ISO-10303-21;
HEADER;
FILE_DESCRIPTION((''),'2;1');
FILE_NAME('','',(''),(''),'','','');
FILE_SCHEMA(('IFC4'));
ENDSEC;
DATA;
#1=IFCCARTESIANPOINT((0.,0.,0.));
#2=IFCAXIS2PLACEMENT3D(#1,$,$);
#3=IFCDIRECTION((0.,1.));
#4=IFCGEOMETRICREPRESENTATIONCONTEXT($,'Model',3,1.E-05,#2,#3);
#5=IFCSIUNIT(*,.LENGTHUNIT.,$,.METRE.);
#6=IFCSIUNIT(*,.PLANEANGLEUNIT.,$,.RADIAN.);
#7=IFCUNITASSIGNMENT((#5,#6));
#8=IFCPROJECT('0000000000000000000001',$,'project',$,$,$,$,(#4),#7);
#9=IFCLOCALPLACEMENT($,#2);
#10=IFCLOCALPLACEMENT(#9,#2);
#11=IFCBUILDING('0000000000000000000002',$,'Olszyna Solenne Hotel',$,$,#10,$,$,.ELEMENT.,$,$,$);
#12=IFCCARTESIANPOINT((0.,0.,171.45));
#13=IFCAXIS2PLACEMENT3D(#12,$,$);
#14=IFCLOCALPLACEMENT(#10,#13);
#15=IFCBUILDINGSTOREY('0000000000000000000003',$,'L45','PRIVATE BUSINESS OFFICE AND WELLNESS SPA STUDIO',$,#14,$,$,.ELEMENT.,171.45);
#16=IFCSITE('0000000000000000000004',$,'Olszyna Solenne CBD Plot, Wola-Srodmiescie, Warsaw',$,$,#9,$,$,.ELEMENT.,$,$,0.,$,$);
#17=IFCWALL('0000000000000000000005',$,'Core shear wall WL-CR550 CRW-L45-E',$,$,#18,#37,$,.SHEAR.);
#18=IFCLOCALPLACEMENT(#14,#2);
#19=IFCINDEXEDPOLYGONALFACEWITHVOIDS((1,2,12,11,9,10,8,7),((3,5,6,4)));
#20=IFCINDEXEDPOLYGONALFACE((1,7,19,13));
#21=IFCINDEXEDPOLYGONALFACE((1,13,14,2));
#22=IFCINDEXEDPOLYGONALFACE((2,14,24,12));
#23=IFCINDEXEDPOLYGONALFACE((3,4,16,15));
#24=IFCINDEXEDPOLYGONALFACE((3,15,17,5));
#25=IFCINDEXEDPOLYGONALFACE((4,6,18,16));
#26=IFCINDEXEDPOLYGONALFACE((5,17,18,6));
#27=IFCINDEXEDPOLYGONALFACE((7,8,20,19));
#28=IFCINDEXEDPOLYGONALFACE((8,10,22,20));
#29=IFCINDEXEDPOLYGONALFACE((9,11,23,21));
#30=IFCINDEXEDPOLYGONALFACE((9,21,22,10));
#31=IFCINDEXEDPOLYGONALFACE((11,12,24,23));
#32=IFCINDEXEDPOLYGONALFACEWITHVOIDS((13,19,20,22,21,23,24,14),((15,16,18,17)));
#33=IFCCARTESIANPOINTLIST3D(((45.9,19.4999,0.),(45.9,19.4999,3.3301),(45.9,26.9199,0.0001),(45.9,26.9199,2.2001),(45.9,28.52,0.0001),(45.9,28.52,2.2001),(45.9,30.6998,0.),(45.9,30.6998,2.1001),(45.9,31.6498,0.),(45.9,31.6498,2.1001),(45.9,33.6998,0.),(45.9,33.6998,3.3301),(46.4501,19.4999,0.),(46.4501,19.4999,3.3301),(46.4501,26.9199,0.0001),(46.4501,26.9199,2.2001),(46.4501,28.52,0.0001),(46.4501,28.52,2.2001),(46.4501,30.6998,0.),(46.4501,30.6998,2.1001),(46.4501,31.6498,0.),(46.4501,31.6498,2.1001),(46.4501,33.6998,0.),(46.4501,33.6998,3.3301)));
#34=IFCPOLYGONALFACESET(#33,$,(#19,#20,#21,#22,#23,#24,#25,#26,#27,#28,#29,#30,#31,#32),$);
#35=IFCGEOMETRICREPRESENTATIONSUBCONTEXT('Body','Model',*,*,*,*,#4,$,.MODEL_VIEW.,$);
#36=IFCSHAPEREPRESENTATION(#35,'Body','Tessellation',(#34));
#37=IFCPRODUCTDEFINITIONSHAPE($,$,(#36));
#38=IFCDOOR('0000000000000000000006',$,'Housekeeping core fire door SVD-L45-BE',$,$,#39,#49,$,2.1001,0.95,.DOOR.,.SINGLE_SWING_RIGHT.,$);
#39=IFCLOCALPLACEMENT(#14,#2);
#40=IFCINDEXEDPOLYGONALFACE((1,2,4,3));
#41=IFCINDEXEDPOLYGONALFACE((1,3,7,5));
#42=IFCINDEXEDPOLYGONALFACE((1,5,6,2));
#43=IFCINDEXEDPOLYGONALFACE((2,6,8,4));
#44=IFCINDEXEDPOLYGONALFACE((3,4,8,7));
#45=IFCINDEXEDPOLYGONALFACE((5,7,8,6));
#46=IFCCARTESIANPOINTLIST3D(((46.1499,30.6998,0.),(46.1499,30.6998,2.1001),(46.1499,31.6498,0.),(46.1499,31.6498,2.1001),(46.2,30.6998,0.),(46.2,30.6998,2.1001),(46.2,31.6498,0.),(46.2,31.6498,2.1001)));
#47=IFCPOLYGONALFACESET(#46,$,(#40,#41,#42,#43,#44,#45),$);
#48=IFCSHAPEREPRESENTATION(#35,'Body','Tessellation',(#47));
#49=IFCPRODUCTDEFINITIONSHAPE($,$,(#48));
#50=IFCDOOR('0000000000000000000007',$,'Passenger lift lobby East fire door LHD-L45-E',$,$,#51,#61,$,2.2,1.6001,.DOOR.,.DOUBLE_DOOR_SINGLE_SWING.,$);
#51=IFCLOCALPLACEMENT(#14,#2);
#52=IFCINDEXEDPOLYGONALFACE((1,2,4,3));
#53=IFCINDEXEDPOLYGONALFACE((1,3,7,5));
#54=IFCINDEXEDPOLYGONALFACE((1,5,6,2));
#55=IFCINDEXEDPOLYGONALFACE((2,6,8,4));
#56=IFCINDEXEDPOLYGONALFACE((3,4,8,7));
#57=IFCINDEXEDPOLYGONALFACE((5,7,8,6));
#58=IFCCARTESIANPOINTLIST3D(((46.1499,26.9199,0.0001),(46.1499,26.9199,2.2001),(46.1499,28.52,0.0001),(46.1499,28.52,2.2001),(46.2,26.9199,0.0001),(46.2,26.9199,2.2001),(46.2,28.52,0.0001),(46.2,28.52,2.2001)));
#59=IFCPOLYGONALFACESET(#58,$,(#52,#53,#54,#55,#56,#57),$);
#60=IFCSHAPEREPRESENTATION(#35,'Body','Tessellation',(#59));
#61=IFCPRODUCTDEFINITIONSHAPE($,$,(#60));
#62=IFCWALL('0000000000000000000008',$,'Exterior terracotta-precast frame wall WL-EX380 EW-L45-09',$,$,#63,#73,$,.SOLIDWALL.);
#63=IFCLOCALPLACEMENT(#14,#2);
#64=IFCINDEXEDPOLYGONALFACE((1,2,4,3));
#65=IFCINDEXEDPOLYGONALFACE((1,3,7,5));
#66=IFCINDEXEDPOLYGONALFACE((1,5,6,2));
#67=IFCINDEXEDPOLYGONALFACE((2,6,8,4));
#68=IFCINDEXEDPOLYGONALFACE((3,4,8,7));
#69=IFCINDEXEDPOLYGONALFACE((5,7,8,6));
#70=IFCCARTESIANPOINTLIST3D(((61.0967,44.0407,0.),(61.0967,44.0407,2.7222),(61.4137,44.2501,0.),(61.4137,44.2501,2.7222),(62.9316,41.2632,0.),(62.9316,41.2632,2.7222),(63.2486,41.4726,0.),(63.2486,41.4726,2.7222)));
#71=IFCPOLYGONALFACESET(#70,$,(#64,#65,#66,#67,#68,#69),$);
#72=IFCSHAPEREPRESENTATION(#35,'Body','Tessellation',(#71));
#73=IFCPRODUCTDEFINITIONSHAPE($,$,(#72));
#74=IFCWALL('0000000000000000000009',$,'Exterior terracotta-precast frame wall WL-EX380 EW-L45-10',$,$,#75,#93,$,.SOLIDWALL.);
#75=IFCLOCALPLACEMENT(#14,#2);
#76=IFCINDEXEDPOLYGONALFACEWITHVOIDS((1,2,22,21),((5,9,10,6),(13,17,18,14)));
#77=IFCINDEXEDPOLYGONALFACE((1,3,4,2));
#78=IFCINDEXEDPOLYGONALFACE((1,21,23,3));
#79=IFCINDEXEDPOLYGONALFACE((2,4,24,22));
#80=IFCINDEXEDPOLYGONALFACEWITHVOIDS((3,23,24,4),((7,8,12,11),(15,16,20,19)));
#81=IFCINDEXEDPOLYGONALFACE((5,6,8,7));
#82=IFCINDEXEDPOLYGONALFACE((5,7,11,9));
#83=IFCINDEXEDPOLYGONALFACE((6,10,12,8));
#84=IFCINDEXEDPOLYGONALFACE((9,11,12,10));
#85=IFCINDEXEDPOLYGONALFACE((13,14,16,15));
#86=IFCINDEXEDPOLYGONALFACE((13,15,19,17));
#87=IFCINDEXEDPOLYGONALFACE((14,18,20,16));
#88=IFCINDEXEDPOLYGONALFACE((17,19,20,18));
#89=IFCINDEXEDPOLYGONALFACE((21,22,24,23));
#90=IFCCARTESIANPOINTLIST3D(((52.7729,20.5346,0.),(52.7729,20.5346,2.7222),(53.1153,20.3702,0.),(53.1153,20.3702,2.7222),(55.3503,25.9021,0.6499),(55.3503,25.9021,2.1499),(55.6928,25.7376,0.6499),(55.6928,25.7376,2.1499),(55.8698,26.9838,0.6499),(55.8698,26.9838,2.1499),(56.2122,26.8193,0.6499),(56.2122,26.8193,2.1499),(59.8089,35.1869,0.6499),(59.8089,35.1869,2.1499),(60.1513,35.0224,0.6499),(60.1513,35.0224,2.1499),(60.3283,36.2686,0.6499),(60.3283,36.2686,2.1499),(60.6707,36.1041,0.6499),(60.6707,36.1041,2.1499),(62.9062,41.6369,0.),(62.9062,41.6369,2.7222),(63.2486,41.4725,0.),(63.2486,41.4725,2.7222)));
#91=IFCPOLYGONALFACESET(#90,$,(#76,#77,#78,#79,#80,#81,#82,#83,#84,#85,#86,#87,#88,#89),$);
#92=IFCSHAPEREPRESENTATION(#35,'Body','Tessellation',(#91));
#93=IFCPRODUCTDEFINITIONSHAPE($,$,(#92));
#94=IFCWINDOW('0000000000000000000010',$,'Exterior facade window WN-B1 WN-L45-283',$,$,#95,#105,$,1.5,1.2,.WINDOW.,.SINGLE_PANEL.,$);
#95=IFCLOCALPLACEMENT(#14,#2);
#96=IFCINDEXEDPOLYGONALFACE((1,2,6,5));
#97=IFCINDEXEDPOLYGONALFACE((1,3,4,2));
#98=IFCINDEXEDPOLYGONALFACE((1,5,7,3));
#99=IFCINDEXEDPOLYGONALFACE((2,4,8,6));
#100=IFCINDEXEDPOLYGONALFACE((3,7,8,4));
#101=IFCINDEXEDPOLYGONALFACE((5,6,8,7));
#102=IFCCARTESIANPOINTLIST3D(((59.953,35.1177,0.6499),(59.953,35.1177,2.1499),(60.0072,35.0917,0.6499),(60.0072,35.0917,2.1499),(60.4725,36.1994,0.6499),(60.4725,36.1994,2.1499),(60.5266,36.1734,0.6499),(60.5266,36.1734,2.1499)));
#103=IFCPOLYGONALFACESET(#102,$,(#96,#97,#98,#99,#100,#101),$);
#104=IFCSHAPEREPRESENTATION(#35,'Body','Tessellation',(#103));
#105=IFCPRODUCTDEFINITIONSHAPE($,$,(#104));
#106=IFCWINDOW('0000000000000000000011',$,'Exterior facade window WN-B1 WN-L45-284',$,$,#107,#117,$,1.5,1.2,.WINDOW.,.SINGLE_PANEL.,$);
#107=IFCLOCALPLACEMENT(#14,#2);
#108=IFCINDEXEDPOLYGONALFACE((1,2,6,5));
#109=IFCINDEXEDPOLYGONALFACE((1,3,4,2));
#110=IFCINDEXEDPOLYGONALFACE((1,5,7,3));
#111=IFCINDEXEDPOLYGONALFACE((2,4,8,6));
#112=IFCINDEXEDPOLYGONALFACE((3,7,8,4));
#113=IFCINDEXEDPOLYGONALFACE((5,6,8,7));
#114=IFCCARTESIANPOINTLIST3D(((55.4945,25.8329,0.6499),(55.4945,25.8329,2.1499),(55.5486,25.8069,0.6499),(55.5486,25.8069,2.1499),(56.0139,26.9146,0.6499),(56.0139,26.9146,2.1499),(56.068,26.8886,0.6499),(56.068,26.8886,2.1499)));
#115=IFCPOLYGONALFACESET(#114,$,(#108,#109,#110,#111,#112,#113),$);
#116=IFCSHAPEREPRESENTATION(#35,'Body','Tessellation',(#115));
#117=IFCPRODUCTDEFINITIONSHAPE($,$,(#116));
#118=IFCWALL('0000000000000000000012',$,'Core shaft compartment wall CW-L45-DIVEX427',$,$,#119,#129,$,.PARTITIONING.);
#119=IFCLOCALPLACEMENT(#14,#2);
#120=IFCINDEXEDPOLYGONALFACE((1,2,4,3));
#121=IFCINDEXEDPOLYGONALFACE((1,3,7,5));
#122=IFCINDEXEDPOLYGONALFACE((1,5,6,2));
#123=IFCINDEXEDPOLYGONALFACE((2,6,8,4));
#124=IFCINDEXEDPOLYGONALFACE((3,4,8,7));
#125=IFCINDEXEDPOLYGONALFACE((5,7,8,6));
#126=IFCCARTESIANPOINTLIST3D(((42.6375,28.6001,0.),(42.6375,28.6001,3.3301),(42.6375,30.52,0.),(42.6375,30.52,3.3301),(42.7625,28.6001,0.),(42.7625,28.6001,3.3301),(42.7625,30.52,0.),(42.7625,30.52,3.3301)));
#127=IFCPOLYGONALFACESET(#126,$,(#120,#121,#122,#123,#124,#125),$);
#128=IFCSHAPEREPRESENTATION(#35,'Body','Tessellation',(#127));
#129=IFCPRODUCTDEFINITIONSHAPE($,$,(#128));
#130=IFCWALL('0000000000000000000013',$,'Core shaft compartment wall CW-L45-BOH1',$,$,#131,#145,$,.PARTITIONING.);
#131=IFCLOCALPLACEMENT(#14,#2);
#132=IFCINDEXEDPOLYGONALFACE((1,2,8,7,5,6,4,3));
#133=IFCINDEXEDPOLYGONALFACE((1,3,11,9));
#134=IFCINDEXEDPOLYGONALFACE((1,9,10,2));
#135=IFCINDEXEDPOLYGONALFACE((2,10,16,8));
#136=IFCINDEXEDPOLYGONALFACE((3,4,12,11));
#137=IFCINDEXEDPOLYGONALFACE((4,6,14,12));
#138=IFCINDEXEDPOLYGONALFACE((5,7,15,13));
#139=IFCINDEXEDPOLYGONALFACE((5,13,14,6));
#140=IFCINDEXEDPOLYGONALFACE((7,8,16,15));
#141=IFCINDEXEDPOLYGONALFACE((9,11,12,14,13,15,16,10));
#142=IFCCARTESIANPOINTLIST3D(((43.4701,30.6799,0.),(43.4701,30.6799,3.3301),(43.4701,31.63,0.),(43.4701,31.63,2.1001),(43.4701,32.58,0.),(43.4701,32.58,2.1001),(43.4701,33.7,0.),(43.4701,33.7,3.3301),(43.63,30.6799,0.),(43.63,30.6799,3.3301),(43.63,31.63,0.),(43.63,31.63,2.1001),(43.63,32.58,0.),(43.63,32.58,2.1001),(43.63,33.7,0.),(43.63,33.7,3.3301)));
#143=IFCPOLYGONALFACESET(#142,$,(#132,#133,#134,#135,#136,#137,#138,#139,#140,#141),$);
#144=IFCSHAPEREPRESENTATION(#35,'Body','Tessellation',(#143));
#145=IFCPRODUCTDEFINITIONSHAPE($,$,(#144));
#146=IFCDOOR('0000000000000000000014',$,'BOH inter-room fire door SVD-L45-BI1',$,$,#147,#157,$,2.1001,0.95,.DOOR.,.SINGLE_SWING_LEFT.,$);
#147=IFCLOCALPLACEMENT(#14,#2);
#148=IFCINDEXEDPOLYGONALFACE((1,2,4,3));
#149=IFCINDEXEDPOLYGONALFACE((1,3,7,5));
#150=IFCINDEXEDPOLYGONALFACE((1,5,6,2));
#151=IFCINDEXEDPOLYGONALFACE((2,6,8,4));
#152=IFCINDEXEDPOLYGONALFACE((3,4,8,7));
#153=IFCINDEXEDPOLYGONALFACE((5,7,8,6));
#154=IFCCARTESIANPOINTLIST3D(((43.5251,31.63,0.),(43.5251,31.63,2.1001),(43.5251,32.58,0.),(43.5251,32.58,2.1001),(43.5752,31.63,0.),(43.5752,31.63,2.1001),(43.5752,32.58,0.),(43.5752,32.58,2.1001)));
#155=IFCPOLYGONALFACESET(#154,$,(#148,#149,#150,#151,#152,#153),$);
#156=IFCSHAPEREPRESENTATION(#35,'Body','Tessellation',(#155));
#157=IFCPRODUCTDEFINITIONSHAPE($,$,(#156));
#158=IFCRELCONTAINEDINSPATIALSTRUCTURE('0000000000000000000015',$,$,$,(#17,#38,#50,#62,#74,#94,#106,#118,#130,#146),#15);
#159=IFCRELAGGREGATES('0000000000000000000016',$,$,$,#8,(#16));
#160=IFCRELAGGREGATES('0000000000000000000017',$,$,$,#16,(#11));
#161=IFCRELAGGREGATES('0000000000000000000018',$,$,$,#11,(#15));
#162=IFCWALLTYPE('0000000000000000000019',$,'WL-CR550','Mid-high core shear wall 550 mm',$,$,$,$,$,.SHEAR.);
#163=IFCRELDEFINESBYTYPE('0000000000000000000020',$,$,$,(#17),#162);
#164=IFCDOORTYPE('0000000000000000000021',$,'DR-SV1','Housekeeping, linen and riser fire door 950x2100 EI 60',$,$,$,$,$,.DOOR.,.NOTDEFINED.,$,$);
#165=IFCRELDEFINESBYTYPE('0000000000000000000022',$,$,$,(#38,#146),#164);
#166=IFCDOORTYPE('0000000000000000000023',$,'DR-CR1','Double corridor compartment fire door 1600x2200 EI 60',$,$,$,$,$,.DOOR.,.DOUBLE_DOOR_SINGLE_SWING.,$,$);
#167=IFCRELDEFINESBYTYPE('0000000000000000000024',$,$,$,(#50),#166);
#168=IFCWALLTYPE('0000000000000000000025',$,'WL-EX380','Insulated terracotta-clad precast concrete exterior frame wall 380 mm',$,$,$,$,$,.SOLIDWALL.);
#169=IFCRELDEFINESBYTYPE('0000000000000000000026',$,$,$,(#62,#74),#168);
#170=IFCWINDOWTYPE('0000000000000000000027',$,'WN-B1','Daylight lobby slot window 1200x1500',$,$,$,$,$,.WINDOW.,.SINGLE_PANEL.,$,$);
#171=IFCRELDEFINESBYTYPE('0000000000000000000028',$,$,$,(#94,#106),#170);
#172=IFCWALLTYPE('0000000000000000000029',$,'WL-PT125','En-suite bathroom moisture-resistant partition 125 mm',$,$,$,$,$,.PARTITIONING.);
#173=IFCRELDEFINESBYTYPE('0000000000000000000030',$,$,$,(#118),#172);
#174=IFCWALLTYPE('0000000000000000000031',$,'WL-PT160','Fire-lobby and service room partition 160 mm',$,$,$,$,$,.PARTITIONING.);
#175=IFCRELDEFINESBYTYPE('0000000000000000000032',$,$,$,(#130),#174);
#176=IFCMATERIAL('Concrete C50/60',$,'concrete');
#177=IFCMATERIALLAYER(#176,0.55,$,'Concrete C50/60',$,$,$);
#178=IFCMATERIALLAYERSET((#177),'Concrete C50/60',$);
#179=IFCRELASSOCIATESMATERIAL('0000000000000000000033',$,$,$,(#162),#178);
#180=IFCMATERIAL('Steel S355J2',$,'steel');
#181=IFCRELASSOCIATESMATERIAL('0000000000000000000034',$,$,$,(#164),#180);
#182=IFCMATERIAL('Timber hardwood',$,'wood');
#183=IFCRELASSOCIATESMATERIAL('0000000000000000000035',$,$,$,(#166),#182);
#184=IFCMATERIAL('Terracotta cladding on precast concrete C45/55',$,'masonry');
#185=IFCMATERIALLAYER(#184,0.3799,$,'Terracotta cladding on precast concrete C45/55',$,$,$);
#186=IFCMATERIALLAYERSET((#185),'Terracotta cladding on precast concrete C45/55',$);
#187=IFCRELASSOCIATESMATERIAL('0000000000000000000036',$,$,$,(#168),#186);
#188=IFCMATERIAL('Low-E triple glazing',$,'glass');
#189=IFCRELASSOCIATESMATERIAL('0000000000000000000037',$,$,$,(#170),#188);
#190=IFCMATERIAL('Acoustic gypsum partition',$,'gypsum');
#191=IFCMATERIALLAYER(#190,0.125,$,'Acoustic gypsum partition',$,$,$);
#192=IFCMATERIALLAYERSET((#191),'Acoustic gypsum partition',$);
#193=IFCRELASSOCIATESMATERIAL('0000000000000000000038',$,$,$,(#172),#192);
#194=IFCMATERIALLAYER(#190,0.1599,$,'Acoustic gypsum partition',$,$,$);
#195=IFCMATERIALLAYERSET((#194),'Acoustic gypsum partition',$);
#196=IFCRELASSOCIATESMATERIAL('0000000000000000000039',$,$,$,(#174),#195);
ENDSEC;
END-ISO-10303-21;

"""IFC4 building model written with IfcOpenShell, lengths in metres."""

from ifc_helpers import new_model, si_unit, direction, frame, frame_2d, origin, place, context, subcontext, project, spatial, rectangle, extrude, source, transform, mapped, material, layer, layer_set, type_object, type_shapes, element, fill, save


model = new_model("IFC4")

# Units and contexts
model_context = context("Model", 3, precision=1e-05, world=origin(), true_north=direction((0.0, 1.0)))
body_context = subcontext(model_context, "Body", "Model", "MODEL_VIEW")
ifc_project = project(units=[si_unit("LENGTHUNIT", "METRE"), si_unit("PLANEANGLEUNIT", "RADIAN")], contexts=[model_context])

# Site, building, storey
site_placement = place(None, origin())
site = spatial("IfcSite", under=ifc_project, at=site_placement, Name="Olszyna Solenne CBD Plot, Wola-Srodmiescie, Warsaw", CompositionType="ELEMENT", RefElevation=0.0)
building_placement = place(site_placement, origin())
building = spatial("IfcBuilding", under=site, at=building_placement, Name="Olszyna Solenne Hotel", CompositionType="ELEMENT")
storey_placement = place(building_placement, frame((0.0, 0.0, 171.45)))
storey = spatial("IfcBuildingStorey", under=building, at=storey_placement, Name="L45", Description="PRIVATE BUSINESS OFFICE AND WELLNESS SPA STUDIO", CompositionType="ELEMENT", Elevation=171.45)

# Shared definitions
ifc_material_1 = material(Name="Steel S355J2", Category="steel")

# Wall, openings, doors
ifc_material_2 = material(Name="Concrete C50/60", Category="concrete")
ifc_layer_1 = layer(ifc_material_2, 0.55, Name="Concrete C50/60")
ifc_layer_set_1 = layer_set([ifc_layer_1], Name="Concrete C50/60")
wall_type_1 = type_object("IfcWallType", Name="WL-CR550", Description="Mid-high core shear wall 550 mm", PredefinedType="SHEAR", material=ifc_layer_set_1)
wall_1_placement = place(storey_placement, frame((46.175, 33.7, 0.0), z_axis=(0.0, 0.0, 1.0), x_axis=(0.0, -1.0, 0.0)))
wall_1 = element("IfcWall", 1, at=wall_1_placement, inside=storey, type_object=wall_type_1, Name="Core shear wall WL-CR550 CRW-L45-E", PredefinedType="SHEAR", context=body_context, shape_type="SweptSolid", body=[
    extrude(rectangle(XDim=14.2, YDim=0.55, at=frame_2d((7.1001, 0.0))), origin(), (0.0, 0.0, 1.0), 3.3301),
])
opening_1_placement = place(wall_1_placement, frame((5.1799, 0.0, 0.0)))
opening_1 = element("IfcOpeningElement", 2, at=opening_1_placement, cuts=wall_1, PredefinedType="OPENING", context=body_context, shape_type="SweptSolid", body=[
    extrude(rectangle(XDim=1.6001, YDim=2.2, at=frame_2d((0.8, 1.1001))), frame((0.0, 0.2852, 0.0), z_axis=(0.0, -1.0, 0.0), x_axis=(1.0, 0.0, 0.0)), (0.0, 0.0, 1.0), 0.5701),
])
opening_2_placement = place(wall_1_placement, frame((2.05, 0.0, 0.0)))
opening_2 = element("IfcOpeningElement", 3, at=opening_2_placement, cuts=wall_1, PredefinedType="OPENING", context=body_context, shape_type="SweptSolid", body=[
    extrude(rectangle(XDim=0.95, YDim=2.1001, at=frame_2d((0.4751, 1.05))), frame((0.0, 0.2852, 0.0), z_axis=(0.0, -1.0, 0.0), x_axis=(1.0, 0.0, 0.0)), (0.0, 0.0, 1.0), 0.5701),
])
door_type_1 = type_object("IfcDoorType", Name="DR-SV1", Description="Housekeeping, linen and riser fire door 950x2100 EI 60", OperationType="NOTDEFINED", PredefinedType="DOOR", material=ifc_material_1)
shared_shape_1 = source(origin(), body_context, "Body", "SweptSolid", [
    extrude(rectangle(XDim=0.95, YDim=2.1001, at=frame_2d((0.4751, 1.05))), frame((0.0, 0.0249, 0.0), z_axis=(0.0, -1.0, 0.0), x_axis=(1.0, 0.0, 0.0)), (0.0, 0.0, 1.0), 0.05),
])
type_shapes(door_type_1, [shared_shape_1])
door_1_placement = place(opening_2_placement, origin())
door_1 = element("IfcDoor", 4, at=door_1_placement, inside=storey, type_object=door_type_1, Name="Housekeeping core fire door SVD-L45-BE", OperationType="SINGLE_SWING_RIGHT", OverallHeight=2.1001, OverallWidth=0.95, PredefinedType="DOOR", context=body_context, shape_type="MappedRepresentation", body=[
    mapped(shared_shape_1, transform((0.0, 0.0, 0.0), x_axis=(1.0, 0.0, 0.0), y_axis=(0.0, 1.0, 0.0), z_axis=(0.0, 0.0, 1.0), scale=1.0)),
])
fill(opening_2, door_1)
ifc_material_3 = material(Name="Timber hardwood", Category="wood")
door_type_2 = type_object("IfcDoorType", Name="DR-CR1", Description="Double corridor compartment fire door 1600x2200 EI 60", OperationType="DOUBLE_DOOR_SINGLE_SWING", PredefinedType="DOOR", material=ifc_material_3)
shared_shape_2 = source(origin(), body_context, "Body", "SweptSolid", [
    extrude(rectangle(XDim=1.6001, YDim=2.2, at=frame_2d((0.8, 1.1001))), frame((0.0, 0.0249, 0.0), z_axis=(0.0, -1.0, 0.0), x_axis=(1.0, 0.0, 0.0)), (0.0, 0.0, 1.0), 0.05),
])
type_shapes(door_type_2, [shared_shape_2])
door_2_placement = place(opening_1_placement, origin())
door_2 = element("IfcDoor", 5, at=door_2_placement, inside=storey, type_object=door_type_2, Name="Passenger lift lobby East fire door LHD-L45-E", OperationType="DOUBLE_DOOR_SINGLE_SWING", OverallHeight=2.2, OverallWidth=1.6001, PredefinedType="DOOR", context=body_context, shape_type="MappedRepresentation", body=[
    mapped(shared_shape_2, transform((0.0, 0.0, 0.0), x_axis=(1.0, 0.0, 0.0), y_axis=(0.0, 1.0, 0.0), z_axis=(0.0, 0.0, 1.0), scale=1.0)),
])
fill(opening_1, door_2)

# Wall
ifc_material_4 = material(Name="Terracotta cladding on precast concrete C45/55", Category="masonry")
ifc_layer_2 = layer(ifc_material_4, 0.3799, Name="Terracotta cladding on precast concrete C45/55")
ifc_layer_set_2 = layer_set([ifc_layer_2], Name="Terracotta cladding on precast concrete C45/55")
wall_type_2 = type_object("IfcWallType", Name="WL-EX380", Description="Insulated terracotta-clad precast concrete exterior frame wall 380 mm", PredefinedType="SOLIDWALL", material=ifc_layer_set_2)
wall_2_placement = place(storey_placement, frame((61.2551, 44.1455, 0.0), z_axis=(0.0, 0.0, 1.0), x_axis=(0.551209, -0.834367, 0.0)))
element("IfcWall", 6, at=wall_2_placement, inside=storey, type_object=wall_type_2, Name="Exterior terracotta-precast frame wall WL-EX380 EW-L45-09", PredefinedType="SOLIDWALL", context=body_context, shape_type="SweptSolid", body=[
    extrude(rectangle(XDim=3.3289, YDim=0.3799, at=frame_2d((1.6646, 0.0))), origin(), (0.0, 0.0, 1.0), 2.7222),
])

# Wall, openings, windows
wall_3_placement = place(storey_placement, frame((63.0774, 41.5547, 0.0), z_axis=(0.0, 0.0, 1.0), x_axis=(-0.432877, -0.901453, 0.0)))
wall_3 = element("IfcWall", 7, at=wall_3_placement, inside=storey, type_object=wall_type_2, Name="Exterior terracotta-precast frame wall WL-EX380 EW-L45-10", PredefinedType="SOLIDWALL", context=body_context, shape_type="SweptSolid", body=[
    extrude(rectangle(XDim=23.4092, YDim=0.3799, at=frame_2d((11.7046, 0.0))), origin(), (0.0, 0.0, 1.0), 2.7222),
])
opening_3_placement = place(wall_3_placement, frame((5.9551, 0.0, 0.6499)))
opening_3 = element("IfcOpeningElement", 8, at=opening_3_placement, cuts=wall_3, PredefinedType="OPENING", context=body_context, shape_type="SweptSolid", body=[
    extrude(rectangle(XDim=1.2, YDim=1.5, at=frame_2d((0.6001, 0.75))), frame((0.0, 0.2, 0.0), z_axis=(0.0, -1.0, 0.0), x_axis=(1.0, 0.0, 0.0)), (0.0, 0.0, 1.0), 0.3999),
])
opening_4_placement = place(wall_3_placement, frame((16.2549, 0.0, 0.6499)))
opening_4 = element("IfcOpeningElement", 9, at=opening_4_placement, cuts=wall_3, PredefinedType="OPENING", context=body_context, shape_type="SweptSolid", body=[
    extrude(rectangle(XDim=1.2, YDim=1.5, at=frame_2d((0.6001, 0.75))), frame((0.0, 0.2, 0.0), z_axis=(0.0, -1.0, 0.0), x_axis=(1.0, 0.0, 0.0)), (0.0, 0.0, 1.0), 0.3999),
])
ifc_material_5 = material(Name="Low-E triple glazing", Category="glass")
window_type = type_object("IfcWindowType", Name="WN-B1", Description="Daylight lobby slot window 1200x1500", PartitioningType="SINGLE_PANEL", PredefinedType="WINDOW", material=ifc_material_5)
shared_shape_3 = source(origin(), body_context, "Body", "SweptSolid", [
    extrude(rectangle(XDim=1.2, YDim=1.5, at=frame_2d((0.6001, 0.75))), frame((0.0, 0.03, 0.0), z_axis=(0.0, -1.0, 0.0), x_axis=(1.0, 0.0, 0.0)), (0.0, 0.0, 1.0), 0.0601),
])
type_shapes(window_type, [shared_shape_3])
window_1_placement = place(opening_3_placement, origin())
window_1 = element("IfcWindow", 10, at=window_1_placement, inside=storey, type_object=window_type, Name="Exterior facade window WN-B1 WN-L45-283", OverallHeight=1.5, OverallWidth=1.2, PartitioningType="SINGLE_PANEL", PredefinedType="WINDOW", context=body_context, shape_type="MappedRepresentation", body=[
    mapped(shared_shape_3, transform((0.0, 0.0, 0.0), x_axis=(1.0, 0.0, 0.0), y_axis=(0.0, 1.0, 0.0), z_axis=(0.0, 0.0, 1.0), scale=1.0)),
])
fill(opening_3, window_1)
window_2_placement = place(opening_4_placement, origin())
window_2 = element("IfcWindow", 11, at=window_2_placement, inside=storey, type_object=window_type, Name="Exterior facade window WN-B1 WN-L45-284", OverallHeight=1.5, OverallWidth=1.2, PartitioningType="SINGLE_PANEL", PredefinedType="WINDOW", context=body_context, shape_type="MappedRepresentation", body=[
    mapped(shared_shape_3, transform((0.0, 0.0, 0.0), x_axis=(1.0, 0.0, 0.0), y_axis=(0.0, 1.0, 0.0), z_axis=(0.0, 0.0, 1.0), scale=1.0)),
])
fill(opening_4, window_2)

# Wall
ifc_material_6 = material(Name="Acoustic gypsum partition", Category="gypsum")
ifc_layer_3 = layer(ifc_material_6, 0.125, Name="Acoustic gypsum partition")
ifc_layer_set_3 = layer_set([ifc_layer_3], Name="Acoustic gypsum partition")
wall_type_3 = type_object("IfcWallType", Name="WL-PT125", Description="En-suite bathroom moisture-resistant partition 125 mm", PredefinedType="PARTITIONING", material=ifc_layer_set_3)
wall_4_placement = place(storey_placement, frame((42.7, 28.6001, 0.0), z_axis=(0.0, 0.0, 1.0), x_axis=(0.0, 1.0, 0.0)))
element("IfcWall", 12, at=wall_4_placement, inside=storey, type_object=wall_type_3, Name="Core shaft compartment wall CW-L45-DIVEX427", PredefinedType="PARTITIONING", context=body_context, shape_type="SweptSolid", body=[
    extrude(rectangle(XDim=1.9199, YDim=0.125, at=frame_2d((0.96, 0.0))), origin(), (0.0, 0.0, 1.0), 3.3301),
])

# Wall, opening, door
ifc_layer_4 = layer(ifc_material_6, 0.1599, Name="Acoustic gypsum partition")
ifc_layer_set_4 = layer_set([ifc_layer_4], Name="Acoustic gypsum partition")
wall_type_4 = type_object("IfcWallType", Name="WL-PT160", Description="Fire-lobby and service room partition 160 mm", PredefinedType="PARTITIONING", material=ifc_layer_set_4)
wall_5_placement = place(storey_placement, frame((43.55, 30.6799, 0.0), z_axis=(0.0, 0.0, 1.0), x_axis=(0.0, 1.0, 0.0)))
wall_5 = element("IfcWall", 13, at=wall_5_placement, inside=storey, type_object=wall_type_4, Name="Core shaft compartment wall CW-L45-BOH1", PredefinedType="PARTITIONING", context=body_context, shape_type="SweptSolid", body=[
    extrude(rectangle(XDim=3.02, YDim=0.1599, at=frame_2d((1.51, 0.0))), origin(), (0.0, 0.0, 1.0), 3.3301),
])
opening_5_placement = place(wall_5_placement, frame((0.95, 0.0, 0.0)))
opening_5 = element("IfcOpeningElement", 14, at=opening_5_placement, cuts=wall_5, PredefinedType="OPENING", context=body_context, shape_type="SweptSolid", body=[
    extrude(rectangle(XDim=0.95, YDim=2.1001, at=frame_2d((0.4751, 1.05))), frame((0.0, 0.0898, 0.0), z_axis=(0.0, -1.0, 0.0), x_axis=(1.0, 0.0, 0.0)), (0.0, 0.0, 1.0), 0.1799),
])
door_3_placement = place(opening_5_placement, origin())
door_3 = element("IfcDoor", 15, at=door_3_placement, inside=storey, type_object=door_type_1, Name="BOH inter-room fire door SVD-L45-BI1", OperationType="SINGLE_SWING_LEFT", OverallHeight=2.1001, OverallWidth=0.95, PredefinedType="DOOR", context=body_context, shape_type="MappedRepresentation", body=[
    mapped(shared_shape_1, transform((0.0, 0.0, 0.0), x_axis=(1.0, 0.0, 0.0), y_axis=(0.0, 1.0, 0.0), z_axis=(0.0, 0.0, 1.0), scale=1.0)),
])
fill(opening_5, door_3)

save(model, "model.ifc")
